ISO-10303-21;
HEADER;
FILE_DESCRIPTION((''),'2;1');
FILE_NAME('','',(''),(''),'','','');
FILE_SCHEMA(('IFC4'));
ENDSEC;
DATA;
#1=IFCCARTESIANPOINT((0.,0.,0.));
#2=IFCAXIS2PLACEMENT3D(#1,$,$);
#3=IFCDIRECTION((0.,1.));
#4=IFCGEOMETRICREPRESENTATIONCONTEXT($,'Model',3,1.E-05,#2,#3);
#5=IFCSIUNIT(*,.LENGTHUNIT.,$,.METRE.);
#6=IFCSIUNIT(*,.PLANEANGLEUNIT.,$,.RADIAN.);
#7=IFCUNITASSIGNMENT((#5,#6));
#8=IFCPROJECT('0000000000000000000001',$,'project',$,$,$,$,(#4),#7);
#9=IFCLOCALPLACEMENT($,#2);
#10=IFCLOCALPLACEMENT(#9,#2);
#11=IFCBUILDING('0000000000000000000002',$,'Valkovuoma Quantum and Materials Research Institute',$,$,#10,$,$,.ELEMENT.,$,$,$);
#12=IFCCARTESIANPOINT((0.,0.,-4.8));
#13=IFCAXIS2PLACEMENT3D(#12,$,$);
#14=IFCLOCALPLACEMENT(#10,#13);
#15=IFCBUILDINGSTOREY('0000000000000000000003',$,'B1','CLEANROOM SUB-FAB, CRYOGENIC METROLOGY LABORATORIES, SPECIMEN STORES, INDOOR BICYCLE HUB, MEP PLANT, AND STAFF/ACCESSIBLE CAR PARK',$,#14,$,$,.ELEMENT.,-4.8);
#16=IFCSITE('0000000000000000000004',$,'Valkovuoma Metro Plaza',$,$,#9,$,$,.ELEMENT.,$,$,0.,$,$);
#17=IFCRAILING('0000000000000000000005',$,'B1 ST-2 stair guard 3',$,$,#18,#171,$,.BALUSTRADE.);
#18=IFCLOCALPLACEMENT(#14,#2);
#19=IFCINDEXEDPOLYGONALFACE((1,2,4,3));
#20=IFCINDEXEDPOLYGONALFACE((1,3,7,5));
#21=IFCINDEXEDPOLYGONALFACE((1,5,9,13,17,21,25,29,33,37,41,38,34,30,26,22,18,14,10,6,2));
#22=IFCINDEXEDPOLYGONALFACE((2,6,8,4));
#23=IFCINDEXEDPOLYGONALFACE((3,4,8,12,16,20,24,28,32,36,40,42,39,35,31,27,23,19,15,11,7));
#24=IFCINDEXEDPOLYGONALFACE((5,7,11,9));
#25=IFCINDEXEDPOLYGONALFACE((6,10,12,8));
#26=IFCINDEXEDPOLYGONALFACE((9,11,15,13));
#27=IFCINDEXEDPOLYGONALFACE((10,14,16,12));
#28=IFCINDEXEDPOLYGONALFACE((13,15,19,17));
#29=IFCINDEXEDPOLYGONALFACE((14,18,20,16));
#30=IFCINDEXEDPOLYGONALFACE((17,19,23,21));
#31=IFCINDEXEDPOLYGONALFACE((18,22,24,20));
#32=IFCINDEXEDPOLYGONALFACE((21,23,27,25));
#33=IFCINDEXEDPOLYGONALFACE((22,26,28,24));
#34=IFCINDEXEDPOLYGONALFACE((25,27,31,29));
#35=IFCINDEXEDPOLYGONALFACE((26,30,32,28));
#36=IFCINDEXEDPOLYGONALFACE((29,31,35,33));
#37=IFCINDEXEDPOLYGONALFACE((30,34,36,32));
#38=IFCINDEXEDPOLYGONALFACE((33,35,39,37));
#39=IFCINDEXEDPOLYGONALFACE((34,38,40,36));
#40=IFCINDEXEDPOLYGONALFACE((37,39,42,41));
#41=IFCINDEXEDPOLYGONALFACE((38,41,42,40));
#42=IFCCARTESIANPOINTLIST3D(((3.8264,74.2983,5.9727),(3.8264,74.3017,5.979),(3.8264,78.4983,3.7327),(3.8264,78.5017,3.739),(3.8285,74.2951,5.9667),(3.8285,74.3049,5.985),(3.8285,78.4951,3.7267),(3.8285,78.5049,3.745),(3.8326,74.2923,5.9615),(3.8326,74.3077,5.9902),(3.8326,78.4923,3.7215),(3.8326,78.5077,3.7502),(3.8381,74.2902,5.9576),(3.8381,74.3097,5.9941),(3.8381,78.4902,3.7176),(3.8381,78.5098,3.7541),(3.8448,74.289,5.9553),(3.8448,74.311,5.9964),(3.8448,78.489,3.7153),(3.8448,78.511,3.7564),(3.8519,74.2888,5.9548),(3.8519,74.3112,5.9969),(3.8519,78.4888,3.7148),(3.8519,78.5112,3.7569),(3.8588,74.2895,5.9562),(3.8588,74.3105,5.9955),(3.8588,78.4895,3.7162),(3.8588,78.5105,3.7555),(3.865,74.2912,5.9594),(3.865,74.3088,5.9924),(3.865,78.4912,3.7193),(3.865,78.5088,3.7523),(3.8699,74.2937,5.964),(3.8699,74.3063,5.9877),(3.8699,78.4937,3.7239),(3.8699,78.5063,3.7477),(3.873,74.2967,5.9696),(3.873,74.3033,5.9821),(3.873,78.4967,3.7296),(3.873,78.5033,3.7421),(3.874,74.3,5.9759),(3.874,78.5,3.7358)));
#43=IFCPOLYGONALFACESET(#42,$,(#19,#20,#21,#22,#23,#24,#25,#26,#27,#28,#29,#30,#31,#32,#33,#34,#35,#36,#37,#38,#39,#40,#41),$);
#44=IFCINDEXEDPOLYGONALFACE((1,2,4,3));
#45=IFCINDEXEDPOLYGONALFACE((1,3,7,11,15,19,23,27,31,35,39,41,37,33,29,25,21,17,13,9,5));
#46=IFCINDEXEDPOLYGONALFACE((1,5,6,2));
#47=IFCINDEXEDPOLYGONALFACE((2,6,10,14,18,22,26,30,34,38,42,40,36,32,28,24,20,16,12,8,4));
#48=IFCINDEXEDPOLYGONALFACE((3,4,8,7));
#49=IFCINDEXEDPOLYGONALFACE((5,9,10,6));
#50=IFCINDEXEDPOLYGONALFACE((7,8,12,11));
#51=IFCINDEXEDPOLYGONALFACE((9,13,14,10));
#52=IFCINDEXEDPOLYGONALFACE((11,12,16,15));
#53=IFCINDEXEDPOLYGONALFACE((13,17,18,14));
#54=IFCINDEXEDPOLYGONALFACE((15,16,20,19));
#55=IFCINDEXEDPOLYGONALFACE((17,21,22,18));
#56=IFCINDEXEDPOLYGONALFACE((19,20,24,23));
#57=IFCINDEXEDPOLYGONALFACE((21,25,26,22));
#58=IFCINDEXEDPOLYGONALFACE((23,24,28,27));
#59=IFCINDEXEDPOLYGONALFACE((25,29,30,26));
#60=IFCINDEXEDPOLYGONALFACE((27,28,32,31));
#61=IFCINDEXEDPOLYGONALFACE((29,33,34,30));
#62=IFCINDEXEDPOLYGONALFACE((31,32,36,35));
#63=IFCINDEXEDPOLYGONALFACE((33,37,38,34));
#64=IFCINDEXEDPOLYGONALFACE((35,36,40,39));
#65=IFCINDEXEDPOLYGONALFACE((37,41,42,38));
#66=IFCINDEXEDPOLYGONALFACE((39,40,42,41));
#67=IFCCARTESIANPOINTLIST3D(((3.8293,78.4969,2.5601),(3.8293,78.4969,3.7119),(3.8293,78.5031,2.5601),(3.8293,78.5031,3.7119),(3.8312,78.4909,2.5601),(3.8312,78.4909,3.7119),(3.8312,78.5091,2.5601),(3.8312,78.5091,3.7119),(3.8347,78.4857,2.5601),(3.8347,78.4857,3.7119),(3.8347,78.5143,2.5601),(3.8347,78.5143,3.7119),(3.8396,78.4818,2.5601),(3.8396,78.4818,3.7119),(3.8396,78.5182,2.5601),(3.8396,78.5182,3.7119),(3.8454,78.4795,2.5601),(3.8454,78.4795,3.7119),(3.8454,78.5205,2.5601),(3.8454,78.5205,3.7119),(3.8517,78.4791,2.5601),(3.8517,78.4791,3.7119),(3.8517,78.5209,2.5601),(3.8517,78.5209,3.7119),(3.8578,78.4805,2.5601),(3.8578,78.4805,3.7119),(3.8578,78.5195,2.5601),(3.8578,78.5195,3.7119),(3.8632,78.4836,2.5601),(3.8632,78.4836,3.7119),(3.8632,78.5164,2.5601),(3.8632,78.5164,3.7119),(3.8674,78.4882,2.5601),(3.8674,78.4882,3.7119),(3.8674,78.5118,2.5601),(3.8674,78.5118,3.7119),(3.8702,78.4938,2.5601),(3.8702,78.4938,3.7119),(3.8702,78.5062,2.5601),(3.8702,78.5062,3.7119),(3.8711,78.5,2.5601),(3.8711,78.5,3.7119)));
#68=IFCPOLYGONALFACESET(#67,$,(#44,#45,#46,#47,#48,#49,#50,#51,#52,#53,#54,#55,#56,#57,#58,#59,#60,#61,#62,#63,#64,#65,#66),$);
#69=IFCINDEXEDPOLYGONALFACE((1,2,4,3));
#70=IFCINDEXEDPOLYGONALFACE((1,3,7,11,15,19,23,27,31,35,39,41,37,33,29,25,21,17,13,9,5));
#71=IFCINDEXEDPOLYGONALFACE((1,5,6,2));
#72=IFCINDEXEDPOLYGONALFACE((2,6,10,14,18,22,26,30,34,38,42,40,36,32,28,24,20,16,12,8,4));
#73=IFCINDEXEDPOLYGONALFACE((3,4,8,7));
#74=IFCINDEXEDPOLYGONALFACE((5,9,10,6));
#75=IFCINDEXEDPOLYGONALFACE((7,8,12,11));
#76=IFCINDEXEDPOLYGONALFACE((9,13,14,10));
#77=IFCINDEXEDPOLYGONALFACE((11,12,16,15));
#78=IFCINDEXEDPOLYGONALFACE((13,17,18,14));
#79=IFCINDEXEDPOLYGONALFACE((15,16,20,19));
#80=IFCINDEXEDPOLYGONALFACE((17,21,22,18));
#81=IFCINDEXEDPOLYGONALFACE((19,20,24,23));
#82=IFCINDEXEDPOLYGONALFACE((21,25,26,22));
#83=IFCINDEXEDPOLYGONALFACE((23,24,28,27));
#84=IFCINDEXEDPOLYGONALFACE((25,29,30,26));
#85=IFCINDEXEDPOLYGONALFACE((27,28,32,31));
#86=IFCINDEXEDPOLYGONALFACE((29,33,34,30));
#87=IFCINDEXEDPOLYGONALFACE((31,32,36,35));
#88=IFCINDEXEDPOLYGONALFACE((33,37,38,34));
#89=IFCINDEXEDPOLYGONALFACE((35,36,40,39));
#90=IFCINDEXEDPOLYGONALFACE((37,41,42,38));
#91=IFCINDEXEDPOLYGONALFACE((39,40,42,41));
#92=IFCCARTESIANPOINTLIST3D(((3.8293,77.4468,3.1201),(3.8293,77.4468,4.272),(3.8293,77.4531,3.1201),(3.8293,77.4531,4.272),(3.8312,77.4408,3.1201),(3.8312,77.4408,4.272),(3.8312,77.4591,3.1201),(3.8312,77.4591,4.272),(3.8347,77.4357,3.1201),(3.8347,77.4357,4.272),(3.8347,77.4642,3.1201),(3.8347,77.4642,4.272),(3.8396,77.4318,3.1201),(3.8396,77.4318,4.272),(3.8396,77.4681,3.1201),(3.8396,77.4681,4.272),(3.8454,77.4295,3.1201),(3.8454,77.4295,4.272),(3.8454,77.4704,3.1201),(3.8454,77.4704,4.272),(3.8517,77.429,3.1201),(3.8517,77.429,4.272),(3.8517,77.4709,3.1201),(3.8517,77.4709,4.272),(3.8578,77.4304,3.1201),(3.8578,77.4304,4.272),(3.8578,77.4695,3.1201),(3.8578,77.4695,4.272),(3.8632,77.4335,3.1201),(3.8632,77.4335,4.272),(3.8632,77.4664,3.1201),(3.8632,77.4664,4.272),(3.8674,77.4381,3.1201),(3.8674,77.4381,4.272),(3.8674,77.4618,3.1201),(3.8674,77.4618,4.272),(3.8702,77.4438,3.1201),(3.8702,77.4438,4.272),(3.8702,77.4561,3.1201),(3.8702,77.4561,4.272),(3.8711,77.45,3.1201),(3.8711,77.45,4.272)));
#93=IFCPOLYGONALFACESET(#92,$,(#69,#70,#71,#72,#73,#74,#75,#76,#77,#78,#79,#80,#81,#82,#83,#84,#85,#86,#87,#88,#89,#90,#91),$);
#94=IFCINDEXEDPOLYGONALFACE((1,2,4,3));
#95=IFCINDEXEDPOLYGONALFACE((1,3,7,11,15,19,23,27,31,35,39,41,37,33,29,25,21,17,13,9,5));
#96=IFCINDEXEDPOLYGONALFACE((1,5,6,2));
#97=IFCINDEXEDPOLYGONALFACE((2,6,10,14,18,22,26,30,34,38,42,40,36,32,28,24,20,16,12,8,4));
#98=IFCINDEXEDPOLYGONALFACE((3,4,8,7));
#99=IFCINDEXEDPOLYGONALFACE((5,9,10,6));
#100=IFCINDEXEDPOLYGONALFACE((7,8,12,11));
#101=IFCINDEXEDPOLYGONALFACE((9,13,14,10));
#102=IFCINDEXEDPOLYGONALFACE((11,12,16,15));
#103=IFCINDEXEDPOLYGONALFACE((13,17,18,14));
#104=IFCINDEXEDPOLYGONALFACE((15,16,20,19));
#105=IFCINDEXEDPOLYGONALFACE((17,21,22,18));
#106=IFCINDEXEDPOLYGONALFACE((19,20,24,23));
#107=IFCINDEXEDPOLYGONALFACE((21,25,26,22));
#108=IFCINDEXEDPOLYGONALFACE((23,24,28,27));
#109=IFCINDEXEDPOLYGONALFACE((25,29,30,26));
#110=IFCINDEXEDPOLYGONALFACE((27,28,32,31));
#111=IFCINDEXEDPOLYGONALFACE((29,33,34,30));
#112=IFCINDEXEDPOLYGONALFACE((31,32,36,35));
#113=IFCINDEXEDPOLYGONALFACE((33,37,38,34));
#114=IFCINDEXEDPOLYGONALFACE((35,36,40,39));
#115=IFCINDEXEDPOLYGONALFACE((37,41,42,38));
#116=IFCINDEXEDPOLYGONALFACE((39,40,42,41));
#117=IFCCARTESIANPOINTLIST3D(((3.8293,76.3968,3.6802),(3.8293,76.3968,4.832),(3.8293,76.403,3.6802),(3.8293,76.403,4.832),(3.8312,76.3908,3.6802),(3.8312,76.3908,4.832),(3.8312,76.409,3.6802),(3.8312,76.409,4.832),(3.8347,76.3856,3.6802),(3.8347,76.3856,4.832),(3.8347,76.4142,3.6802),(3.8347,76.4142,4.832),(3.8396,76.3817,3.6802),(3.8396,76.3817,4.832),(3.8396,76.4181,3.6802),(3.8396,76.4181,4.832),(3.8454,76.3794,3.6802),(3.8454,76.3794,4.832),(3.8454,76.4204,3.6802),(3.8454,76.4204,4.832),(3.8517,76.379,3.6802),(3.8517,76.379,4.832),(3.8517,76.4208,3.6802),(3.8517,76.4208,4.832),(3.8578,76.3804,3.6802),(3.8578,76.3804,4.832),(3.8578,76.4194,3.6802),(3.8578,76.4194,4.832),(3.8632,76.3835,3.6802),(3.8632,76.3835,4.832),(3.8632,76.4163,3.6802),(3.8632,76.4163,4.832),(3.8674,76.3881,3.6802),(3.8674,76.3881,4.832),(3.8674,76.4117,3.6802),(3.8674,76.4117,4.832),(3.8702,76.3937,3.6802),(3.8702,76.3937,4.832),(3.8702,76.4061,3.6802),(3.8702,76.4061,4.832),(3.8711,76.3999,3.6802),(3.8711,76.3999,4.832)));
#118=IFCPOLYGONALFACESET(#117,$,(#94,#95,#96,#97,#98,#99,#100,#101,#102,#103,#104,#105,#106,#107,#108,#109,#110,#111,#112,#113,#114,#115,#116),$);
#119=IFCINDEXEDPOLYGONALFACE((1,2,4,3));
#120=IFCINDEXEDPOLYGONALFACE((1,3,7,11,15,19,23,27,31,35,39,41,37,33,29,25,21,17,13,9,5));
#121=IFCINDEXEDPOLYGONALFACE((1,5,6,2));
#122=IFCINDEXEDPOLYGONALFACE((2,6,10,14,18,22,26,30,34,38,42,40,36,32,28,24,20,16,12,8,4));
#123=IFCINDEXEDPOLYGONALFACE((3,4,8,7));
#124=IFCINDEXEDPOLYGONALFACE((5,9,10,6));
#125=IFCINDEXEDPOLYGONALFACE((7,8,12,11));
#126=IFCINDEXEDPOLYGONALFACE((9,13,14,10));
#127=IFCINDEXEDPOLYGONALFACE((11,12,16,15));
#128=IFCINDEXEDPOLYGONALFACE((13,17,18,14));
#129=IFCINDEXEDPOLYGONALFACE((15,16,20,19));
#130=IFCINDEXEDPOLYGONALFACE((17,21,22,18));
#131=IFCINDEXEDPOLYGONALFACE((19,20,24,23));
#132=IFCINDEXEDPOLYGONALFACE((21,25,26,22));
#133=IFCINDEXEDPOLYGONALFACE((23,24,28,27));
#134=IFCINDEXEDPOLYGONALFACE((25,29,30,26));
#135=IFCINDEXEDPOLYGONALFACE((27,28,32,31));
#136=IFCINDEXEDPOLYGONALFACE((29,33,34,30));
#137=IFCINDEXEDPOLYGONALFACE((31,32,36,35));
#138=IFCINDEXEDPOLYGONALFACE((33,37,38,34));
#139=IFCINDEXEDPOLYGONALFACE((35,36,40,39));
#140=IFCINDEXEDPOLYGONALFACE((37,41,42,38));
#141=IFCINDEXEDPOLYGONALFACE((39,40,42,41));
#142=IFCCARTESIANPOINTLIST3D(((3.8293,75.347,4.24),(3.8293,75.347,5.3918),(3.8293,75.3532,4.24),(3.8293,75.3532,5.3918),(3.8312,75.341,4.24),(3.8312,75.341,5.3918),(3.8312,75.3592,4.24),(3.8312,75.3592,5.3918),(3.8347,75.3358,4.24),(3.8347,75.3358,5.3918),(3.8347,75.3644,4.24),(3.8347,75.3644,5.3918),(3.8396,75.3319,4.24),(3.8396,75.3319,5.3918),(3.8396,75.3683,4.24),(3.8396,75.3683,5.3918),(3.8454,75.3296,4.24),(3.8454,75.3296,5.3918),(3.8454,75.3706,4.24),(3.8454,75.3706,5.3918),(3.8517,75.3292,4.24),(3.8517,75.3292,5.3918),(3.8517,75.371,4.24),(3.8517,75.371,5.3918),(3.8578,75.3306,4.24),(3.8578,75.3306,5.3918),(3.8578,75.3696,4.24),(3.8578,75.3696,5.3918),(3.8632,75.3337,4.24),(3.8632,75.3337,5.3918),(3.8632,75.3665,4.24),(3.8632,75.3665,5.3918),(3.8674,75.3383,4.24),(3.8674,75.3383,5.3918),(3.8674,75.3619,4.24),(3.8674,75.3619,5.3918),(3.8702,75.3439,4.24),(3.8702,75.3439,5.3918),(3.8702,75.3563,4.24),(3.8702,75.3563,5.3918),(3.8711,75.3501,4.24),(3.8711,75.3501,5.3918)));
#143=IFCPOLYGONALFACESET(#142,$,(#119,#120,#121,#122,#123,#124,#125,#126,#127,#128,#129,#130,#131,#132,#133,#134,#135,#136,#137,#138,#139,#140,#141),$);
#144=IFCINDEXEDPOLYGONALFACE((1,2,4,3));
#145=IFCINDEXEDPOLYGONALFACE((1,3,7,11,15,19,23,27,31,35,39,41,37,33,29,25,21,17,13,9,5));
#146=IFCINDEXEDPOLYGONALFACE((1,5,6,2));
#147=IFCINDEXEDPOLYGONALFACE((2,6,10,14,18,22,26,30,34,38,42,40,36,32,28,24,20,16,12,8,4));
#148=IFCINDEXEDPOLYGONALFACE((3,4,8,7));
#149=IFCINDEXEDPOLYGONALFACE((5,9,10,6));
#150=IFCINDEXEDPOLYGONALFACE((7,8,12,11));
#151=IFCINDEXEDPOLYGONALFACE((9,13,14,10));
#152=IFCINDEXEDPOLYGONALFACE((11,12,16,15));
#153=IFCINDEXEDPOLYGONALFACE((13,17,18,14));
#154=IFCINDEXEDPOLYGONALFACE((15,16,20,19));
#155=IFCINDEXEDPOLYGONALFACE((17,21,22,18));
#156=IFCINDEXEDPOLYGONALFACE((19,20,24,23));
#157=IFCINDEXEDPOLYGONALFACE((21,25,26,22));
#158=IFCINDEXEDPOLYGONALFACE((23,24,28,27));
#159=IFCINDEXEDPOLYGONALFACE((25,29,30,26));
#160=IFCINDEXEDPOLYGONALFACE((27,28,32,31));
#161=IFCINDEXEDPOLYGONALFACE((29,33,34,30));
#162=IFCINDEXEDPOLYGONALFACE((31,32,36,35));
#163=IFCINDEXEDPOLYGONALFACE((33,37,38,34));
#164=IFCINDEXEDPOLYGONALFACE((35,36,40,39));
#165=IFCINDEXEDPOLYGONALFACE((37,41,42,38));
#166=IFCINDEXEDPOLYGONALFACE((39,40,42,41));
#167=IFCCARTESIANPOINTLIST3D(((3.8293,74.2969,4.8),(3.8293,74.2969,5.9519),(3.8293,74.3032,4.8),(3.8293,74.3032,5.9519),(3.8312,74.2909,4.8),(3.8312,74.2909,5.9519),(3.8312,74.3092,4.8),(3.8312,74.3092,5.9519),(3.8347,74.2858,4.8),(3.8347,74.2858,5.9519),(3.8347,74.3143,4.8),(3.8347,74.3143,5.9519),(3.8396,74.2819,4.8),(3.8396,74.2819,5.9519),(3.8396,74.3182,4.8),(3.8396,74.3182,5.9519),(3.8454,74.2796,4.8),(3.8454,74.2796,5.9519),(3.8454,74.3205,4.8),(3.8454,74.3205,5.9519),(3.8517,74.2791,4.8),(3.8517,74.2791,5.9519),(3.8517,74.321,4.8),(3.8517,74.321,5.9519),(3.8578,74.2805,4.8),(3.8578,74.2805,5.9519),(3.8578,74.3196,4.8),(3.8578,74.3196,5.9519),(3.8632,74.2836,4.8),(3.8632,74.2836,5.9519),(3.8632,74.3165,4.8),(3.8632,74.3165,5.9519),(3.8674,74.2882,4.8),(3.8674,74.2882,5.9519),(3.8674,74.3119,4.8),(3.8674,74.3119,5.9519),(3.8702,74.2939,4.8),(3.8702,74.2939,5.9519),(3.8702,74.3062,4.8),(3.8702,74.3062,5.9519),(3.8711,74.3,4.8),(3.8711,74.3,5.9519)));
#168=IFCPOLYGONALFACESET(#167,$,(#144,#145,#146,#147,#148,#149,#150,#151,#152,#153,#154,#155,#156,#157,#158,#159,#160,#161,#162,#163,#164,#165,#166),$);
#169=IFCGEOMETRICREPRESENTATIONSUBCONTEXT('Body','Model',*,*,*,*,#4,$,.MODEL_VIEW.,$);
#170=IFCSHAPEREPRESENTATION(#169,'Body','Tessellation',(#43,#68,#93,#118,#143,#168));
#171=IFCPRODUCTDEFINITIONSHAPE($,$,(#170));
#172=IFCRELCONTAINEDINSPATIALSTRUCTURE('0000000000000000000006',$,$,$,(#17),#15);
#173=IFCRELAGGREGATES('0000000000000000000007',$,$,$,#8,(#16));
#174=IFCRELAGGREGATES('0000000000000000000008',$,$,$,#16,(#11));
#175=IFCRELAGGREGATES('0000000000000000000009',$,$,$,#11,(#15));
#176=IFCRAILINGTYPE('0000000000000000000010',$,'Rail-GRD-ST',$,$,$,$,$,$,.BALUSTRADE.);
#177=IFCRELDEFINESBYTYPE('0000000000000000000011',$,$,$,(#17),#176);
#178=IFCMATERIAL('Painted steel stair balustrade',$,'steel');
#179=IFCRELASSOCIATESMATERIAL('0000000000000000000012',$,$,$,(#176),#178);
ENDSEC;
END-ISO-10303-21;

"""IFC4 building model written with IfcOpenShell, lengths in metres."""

from ifc_helpers import new_model, si_unit, direction, frame, origin, origin_2d, place, context, subcontext, project, spatial, circle, extrude, material, type_object, element, save


model = new_model("IFC4")

# Units and contexts
model_context = context("Model", 3, precision=1e-05, world=origin(), true_north=direction((0.0, 1.0)))
body_context = subcontext(model_context, "Body", "Model", "MODEL_VIEW")
ifc_project = project(units=[si_unit("LENGTHUNIT", "METRE"), si_unit("PLANEANGLEUNIT", "RADIAN")], contexts=[model_context])

# Site, building, storey
site_placement = place(None, origin())
site = spatial("IfcSite", under=ifc_project, at=site_placement, Name="Valkovuoma Metro Plaza", CompositionType="ELEMENT", RefElevation=0.0)
building_placement = place(site_placement, origin())
building = spatial("IfcBuilding", under=site, at=building_placement, Name="Valkovuoma Quantum and Materials Research Institute", CompositionType="ELEMENT")
storey_placement = place(building_placement, frame((0.0, 0.0, -4.8)))
storey = spatial("IfcBuildingStorey", under=building, at=storey_placement, Name="B1", Description="CLEANROOM SUB-FAB, CRYOGENIC METROLOGY LABORATORIES, SPECIMEN STORES, INDOOR BICYCLE HUB, MEP PLANT, AND STAFF/ACCESSIBLE CAR PARK", CompositionType="ELEMENT", Elevation=-4.8)

# Railing
ifc_material_1 = material(Name="Painted steel stair balustrade", Category="steel")
railing_type_1 = type_object("IfcRailingType", Name="Rail-GRD-ST", PredefinedType="BALUSTRADE", material=ifc_material_1)
railing_1_placement = place(storey_placement, frame((3.8501, 78.5, 2.5601)))
element("IfcRailing", 1, at=railing_1_placement, inside=storey, type_object=railing_type_1, Name="B1 ST-2 stair guard 3", PredefinedType="BALUSTRADE", context=body_context, shape_type="SweptSolid", body=[
    extrude(circle(Radius=0.0239, at=origin_2d()), frame((0.0, 0.0, 1.1758), z_axis=(0.0, -0.882352, 0.470591), x_axis=(1.0, 0.0, 0.0)), (0.0, 0.0, 1.0), 4.76),
    extrude(circle(Radius=0.021, at=origin_2d()), origin(), (0.0, 0.0, 1.0), 1.1519),
    extrude(circle(Radius=0.021, at=origin_2d()), frame((0.0, -1.05, 0.5601)), (0.0, 0.0, 1.0), 1.1519),
    extrude(circle(Radius=0.021, at=origin_2d()), frame((0.0, -2.1001, 1.1201)), (0.0, 0.0, 1.0), 1.1519),
    extrude(circle(Radius=0.021, at=origin_2d()), frame((0.0, -3.1499, 1.6799)), (0.0, 0.0, 1.0), 1.1519),
    extrude(circle(Radius=0.021, at=origin_2d()), frame((0.0, -4.2, 2.24)), (0.0, 0.0, 1.0), 1.1519),
])

save(model, "model.ifc")
